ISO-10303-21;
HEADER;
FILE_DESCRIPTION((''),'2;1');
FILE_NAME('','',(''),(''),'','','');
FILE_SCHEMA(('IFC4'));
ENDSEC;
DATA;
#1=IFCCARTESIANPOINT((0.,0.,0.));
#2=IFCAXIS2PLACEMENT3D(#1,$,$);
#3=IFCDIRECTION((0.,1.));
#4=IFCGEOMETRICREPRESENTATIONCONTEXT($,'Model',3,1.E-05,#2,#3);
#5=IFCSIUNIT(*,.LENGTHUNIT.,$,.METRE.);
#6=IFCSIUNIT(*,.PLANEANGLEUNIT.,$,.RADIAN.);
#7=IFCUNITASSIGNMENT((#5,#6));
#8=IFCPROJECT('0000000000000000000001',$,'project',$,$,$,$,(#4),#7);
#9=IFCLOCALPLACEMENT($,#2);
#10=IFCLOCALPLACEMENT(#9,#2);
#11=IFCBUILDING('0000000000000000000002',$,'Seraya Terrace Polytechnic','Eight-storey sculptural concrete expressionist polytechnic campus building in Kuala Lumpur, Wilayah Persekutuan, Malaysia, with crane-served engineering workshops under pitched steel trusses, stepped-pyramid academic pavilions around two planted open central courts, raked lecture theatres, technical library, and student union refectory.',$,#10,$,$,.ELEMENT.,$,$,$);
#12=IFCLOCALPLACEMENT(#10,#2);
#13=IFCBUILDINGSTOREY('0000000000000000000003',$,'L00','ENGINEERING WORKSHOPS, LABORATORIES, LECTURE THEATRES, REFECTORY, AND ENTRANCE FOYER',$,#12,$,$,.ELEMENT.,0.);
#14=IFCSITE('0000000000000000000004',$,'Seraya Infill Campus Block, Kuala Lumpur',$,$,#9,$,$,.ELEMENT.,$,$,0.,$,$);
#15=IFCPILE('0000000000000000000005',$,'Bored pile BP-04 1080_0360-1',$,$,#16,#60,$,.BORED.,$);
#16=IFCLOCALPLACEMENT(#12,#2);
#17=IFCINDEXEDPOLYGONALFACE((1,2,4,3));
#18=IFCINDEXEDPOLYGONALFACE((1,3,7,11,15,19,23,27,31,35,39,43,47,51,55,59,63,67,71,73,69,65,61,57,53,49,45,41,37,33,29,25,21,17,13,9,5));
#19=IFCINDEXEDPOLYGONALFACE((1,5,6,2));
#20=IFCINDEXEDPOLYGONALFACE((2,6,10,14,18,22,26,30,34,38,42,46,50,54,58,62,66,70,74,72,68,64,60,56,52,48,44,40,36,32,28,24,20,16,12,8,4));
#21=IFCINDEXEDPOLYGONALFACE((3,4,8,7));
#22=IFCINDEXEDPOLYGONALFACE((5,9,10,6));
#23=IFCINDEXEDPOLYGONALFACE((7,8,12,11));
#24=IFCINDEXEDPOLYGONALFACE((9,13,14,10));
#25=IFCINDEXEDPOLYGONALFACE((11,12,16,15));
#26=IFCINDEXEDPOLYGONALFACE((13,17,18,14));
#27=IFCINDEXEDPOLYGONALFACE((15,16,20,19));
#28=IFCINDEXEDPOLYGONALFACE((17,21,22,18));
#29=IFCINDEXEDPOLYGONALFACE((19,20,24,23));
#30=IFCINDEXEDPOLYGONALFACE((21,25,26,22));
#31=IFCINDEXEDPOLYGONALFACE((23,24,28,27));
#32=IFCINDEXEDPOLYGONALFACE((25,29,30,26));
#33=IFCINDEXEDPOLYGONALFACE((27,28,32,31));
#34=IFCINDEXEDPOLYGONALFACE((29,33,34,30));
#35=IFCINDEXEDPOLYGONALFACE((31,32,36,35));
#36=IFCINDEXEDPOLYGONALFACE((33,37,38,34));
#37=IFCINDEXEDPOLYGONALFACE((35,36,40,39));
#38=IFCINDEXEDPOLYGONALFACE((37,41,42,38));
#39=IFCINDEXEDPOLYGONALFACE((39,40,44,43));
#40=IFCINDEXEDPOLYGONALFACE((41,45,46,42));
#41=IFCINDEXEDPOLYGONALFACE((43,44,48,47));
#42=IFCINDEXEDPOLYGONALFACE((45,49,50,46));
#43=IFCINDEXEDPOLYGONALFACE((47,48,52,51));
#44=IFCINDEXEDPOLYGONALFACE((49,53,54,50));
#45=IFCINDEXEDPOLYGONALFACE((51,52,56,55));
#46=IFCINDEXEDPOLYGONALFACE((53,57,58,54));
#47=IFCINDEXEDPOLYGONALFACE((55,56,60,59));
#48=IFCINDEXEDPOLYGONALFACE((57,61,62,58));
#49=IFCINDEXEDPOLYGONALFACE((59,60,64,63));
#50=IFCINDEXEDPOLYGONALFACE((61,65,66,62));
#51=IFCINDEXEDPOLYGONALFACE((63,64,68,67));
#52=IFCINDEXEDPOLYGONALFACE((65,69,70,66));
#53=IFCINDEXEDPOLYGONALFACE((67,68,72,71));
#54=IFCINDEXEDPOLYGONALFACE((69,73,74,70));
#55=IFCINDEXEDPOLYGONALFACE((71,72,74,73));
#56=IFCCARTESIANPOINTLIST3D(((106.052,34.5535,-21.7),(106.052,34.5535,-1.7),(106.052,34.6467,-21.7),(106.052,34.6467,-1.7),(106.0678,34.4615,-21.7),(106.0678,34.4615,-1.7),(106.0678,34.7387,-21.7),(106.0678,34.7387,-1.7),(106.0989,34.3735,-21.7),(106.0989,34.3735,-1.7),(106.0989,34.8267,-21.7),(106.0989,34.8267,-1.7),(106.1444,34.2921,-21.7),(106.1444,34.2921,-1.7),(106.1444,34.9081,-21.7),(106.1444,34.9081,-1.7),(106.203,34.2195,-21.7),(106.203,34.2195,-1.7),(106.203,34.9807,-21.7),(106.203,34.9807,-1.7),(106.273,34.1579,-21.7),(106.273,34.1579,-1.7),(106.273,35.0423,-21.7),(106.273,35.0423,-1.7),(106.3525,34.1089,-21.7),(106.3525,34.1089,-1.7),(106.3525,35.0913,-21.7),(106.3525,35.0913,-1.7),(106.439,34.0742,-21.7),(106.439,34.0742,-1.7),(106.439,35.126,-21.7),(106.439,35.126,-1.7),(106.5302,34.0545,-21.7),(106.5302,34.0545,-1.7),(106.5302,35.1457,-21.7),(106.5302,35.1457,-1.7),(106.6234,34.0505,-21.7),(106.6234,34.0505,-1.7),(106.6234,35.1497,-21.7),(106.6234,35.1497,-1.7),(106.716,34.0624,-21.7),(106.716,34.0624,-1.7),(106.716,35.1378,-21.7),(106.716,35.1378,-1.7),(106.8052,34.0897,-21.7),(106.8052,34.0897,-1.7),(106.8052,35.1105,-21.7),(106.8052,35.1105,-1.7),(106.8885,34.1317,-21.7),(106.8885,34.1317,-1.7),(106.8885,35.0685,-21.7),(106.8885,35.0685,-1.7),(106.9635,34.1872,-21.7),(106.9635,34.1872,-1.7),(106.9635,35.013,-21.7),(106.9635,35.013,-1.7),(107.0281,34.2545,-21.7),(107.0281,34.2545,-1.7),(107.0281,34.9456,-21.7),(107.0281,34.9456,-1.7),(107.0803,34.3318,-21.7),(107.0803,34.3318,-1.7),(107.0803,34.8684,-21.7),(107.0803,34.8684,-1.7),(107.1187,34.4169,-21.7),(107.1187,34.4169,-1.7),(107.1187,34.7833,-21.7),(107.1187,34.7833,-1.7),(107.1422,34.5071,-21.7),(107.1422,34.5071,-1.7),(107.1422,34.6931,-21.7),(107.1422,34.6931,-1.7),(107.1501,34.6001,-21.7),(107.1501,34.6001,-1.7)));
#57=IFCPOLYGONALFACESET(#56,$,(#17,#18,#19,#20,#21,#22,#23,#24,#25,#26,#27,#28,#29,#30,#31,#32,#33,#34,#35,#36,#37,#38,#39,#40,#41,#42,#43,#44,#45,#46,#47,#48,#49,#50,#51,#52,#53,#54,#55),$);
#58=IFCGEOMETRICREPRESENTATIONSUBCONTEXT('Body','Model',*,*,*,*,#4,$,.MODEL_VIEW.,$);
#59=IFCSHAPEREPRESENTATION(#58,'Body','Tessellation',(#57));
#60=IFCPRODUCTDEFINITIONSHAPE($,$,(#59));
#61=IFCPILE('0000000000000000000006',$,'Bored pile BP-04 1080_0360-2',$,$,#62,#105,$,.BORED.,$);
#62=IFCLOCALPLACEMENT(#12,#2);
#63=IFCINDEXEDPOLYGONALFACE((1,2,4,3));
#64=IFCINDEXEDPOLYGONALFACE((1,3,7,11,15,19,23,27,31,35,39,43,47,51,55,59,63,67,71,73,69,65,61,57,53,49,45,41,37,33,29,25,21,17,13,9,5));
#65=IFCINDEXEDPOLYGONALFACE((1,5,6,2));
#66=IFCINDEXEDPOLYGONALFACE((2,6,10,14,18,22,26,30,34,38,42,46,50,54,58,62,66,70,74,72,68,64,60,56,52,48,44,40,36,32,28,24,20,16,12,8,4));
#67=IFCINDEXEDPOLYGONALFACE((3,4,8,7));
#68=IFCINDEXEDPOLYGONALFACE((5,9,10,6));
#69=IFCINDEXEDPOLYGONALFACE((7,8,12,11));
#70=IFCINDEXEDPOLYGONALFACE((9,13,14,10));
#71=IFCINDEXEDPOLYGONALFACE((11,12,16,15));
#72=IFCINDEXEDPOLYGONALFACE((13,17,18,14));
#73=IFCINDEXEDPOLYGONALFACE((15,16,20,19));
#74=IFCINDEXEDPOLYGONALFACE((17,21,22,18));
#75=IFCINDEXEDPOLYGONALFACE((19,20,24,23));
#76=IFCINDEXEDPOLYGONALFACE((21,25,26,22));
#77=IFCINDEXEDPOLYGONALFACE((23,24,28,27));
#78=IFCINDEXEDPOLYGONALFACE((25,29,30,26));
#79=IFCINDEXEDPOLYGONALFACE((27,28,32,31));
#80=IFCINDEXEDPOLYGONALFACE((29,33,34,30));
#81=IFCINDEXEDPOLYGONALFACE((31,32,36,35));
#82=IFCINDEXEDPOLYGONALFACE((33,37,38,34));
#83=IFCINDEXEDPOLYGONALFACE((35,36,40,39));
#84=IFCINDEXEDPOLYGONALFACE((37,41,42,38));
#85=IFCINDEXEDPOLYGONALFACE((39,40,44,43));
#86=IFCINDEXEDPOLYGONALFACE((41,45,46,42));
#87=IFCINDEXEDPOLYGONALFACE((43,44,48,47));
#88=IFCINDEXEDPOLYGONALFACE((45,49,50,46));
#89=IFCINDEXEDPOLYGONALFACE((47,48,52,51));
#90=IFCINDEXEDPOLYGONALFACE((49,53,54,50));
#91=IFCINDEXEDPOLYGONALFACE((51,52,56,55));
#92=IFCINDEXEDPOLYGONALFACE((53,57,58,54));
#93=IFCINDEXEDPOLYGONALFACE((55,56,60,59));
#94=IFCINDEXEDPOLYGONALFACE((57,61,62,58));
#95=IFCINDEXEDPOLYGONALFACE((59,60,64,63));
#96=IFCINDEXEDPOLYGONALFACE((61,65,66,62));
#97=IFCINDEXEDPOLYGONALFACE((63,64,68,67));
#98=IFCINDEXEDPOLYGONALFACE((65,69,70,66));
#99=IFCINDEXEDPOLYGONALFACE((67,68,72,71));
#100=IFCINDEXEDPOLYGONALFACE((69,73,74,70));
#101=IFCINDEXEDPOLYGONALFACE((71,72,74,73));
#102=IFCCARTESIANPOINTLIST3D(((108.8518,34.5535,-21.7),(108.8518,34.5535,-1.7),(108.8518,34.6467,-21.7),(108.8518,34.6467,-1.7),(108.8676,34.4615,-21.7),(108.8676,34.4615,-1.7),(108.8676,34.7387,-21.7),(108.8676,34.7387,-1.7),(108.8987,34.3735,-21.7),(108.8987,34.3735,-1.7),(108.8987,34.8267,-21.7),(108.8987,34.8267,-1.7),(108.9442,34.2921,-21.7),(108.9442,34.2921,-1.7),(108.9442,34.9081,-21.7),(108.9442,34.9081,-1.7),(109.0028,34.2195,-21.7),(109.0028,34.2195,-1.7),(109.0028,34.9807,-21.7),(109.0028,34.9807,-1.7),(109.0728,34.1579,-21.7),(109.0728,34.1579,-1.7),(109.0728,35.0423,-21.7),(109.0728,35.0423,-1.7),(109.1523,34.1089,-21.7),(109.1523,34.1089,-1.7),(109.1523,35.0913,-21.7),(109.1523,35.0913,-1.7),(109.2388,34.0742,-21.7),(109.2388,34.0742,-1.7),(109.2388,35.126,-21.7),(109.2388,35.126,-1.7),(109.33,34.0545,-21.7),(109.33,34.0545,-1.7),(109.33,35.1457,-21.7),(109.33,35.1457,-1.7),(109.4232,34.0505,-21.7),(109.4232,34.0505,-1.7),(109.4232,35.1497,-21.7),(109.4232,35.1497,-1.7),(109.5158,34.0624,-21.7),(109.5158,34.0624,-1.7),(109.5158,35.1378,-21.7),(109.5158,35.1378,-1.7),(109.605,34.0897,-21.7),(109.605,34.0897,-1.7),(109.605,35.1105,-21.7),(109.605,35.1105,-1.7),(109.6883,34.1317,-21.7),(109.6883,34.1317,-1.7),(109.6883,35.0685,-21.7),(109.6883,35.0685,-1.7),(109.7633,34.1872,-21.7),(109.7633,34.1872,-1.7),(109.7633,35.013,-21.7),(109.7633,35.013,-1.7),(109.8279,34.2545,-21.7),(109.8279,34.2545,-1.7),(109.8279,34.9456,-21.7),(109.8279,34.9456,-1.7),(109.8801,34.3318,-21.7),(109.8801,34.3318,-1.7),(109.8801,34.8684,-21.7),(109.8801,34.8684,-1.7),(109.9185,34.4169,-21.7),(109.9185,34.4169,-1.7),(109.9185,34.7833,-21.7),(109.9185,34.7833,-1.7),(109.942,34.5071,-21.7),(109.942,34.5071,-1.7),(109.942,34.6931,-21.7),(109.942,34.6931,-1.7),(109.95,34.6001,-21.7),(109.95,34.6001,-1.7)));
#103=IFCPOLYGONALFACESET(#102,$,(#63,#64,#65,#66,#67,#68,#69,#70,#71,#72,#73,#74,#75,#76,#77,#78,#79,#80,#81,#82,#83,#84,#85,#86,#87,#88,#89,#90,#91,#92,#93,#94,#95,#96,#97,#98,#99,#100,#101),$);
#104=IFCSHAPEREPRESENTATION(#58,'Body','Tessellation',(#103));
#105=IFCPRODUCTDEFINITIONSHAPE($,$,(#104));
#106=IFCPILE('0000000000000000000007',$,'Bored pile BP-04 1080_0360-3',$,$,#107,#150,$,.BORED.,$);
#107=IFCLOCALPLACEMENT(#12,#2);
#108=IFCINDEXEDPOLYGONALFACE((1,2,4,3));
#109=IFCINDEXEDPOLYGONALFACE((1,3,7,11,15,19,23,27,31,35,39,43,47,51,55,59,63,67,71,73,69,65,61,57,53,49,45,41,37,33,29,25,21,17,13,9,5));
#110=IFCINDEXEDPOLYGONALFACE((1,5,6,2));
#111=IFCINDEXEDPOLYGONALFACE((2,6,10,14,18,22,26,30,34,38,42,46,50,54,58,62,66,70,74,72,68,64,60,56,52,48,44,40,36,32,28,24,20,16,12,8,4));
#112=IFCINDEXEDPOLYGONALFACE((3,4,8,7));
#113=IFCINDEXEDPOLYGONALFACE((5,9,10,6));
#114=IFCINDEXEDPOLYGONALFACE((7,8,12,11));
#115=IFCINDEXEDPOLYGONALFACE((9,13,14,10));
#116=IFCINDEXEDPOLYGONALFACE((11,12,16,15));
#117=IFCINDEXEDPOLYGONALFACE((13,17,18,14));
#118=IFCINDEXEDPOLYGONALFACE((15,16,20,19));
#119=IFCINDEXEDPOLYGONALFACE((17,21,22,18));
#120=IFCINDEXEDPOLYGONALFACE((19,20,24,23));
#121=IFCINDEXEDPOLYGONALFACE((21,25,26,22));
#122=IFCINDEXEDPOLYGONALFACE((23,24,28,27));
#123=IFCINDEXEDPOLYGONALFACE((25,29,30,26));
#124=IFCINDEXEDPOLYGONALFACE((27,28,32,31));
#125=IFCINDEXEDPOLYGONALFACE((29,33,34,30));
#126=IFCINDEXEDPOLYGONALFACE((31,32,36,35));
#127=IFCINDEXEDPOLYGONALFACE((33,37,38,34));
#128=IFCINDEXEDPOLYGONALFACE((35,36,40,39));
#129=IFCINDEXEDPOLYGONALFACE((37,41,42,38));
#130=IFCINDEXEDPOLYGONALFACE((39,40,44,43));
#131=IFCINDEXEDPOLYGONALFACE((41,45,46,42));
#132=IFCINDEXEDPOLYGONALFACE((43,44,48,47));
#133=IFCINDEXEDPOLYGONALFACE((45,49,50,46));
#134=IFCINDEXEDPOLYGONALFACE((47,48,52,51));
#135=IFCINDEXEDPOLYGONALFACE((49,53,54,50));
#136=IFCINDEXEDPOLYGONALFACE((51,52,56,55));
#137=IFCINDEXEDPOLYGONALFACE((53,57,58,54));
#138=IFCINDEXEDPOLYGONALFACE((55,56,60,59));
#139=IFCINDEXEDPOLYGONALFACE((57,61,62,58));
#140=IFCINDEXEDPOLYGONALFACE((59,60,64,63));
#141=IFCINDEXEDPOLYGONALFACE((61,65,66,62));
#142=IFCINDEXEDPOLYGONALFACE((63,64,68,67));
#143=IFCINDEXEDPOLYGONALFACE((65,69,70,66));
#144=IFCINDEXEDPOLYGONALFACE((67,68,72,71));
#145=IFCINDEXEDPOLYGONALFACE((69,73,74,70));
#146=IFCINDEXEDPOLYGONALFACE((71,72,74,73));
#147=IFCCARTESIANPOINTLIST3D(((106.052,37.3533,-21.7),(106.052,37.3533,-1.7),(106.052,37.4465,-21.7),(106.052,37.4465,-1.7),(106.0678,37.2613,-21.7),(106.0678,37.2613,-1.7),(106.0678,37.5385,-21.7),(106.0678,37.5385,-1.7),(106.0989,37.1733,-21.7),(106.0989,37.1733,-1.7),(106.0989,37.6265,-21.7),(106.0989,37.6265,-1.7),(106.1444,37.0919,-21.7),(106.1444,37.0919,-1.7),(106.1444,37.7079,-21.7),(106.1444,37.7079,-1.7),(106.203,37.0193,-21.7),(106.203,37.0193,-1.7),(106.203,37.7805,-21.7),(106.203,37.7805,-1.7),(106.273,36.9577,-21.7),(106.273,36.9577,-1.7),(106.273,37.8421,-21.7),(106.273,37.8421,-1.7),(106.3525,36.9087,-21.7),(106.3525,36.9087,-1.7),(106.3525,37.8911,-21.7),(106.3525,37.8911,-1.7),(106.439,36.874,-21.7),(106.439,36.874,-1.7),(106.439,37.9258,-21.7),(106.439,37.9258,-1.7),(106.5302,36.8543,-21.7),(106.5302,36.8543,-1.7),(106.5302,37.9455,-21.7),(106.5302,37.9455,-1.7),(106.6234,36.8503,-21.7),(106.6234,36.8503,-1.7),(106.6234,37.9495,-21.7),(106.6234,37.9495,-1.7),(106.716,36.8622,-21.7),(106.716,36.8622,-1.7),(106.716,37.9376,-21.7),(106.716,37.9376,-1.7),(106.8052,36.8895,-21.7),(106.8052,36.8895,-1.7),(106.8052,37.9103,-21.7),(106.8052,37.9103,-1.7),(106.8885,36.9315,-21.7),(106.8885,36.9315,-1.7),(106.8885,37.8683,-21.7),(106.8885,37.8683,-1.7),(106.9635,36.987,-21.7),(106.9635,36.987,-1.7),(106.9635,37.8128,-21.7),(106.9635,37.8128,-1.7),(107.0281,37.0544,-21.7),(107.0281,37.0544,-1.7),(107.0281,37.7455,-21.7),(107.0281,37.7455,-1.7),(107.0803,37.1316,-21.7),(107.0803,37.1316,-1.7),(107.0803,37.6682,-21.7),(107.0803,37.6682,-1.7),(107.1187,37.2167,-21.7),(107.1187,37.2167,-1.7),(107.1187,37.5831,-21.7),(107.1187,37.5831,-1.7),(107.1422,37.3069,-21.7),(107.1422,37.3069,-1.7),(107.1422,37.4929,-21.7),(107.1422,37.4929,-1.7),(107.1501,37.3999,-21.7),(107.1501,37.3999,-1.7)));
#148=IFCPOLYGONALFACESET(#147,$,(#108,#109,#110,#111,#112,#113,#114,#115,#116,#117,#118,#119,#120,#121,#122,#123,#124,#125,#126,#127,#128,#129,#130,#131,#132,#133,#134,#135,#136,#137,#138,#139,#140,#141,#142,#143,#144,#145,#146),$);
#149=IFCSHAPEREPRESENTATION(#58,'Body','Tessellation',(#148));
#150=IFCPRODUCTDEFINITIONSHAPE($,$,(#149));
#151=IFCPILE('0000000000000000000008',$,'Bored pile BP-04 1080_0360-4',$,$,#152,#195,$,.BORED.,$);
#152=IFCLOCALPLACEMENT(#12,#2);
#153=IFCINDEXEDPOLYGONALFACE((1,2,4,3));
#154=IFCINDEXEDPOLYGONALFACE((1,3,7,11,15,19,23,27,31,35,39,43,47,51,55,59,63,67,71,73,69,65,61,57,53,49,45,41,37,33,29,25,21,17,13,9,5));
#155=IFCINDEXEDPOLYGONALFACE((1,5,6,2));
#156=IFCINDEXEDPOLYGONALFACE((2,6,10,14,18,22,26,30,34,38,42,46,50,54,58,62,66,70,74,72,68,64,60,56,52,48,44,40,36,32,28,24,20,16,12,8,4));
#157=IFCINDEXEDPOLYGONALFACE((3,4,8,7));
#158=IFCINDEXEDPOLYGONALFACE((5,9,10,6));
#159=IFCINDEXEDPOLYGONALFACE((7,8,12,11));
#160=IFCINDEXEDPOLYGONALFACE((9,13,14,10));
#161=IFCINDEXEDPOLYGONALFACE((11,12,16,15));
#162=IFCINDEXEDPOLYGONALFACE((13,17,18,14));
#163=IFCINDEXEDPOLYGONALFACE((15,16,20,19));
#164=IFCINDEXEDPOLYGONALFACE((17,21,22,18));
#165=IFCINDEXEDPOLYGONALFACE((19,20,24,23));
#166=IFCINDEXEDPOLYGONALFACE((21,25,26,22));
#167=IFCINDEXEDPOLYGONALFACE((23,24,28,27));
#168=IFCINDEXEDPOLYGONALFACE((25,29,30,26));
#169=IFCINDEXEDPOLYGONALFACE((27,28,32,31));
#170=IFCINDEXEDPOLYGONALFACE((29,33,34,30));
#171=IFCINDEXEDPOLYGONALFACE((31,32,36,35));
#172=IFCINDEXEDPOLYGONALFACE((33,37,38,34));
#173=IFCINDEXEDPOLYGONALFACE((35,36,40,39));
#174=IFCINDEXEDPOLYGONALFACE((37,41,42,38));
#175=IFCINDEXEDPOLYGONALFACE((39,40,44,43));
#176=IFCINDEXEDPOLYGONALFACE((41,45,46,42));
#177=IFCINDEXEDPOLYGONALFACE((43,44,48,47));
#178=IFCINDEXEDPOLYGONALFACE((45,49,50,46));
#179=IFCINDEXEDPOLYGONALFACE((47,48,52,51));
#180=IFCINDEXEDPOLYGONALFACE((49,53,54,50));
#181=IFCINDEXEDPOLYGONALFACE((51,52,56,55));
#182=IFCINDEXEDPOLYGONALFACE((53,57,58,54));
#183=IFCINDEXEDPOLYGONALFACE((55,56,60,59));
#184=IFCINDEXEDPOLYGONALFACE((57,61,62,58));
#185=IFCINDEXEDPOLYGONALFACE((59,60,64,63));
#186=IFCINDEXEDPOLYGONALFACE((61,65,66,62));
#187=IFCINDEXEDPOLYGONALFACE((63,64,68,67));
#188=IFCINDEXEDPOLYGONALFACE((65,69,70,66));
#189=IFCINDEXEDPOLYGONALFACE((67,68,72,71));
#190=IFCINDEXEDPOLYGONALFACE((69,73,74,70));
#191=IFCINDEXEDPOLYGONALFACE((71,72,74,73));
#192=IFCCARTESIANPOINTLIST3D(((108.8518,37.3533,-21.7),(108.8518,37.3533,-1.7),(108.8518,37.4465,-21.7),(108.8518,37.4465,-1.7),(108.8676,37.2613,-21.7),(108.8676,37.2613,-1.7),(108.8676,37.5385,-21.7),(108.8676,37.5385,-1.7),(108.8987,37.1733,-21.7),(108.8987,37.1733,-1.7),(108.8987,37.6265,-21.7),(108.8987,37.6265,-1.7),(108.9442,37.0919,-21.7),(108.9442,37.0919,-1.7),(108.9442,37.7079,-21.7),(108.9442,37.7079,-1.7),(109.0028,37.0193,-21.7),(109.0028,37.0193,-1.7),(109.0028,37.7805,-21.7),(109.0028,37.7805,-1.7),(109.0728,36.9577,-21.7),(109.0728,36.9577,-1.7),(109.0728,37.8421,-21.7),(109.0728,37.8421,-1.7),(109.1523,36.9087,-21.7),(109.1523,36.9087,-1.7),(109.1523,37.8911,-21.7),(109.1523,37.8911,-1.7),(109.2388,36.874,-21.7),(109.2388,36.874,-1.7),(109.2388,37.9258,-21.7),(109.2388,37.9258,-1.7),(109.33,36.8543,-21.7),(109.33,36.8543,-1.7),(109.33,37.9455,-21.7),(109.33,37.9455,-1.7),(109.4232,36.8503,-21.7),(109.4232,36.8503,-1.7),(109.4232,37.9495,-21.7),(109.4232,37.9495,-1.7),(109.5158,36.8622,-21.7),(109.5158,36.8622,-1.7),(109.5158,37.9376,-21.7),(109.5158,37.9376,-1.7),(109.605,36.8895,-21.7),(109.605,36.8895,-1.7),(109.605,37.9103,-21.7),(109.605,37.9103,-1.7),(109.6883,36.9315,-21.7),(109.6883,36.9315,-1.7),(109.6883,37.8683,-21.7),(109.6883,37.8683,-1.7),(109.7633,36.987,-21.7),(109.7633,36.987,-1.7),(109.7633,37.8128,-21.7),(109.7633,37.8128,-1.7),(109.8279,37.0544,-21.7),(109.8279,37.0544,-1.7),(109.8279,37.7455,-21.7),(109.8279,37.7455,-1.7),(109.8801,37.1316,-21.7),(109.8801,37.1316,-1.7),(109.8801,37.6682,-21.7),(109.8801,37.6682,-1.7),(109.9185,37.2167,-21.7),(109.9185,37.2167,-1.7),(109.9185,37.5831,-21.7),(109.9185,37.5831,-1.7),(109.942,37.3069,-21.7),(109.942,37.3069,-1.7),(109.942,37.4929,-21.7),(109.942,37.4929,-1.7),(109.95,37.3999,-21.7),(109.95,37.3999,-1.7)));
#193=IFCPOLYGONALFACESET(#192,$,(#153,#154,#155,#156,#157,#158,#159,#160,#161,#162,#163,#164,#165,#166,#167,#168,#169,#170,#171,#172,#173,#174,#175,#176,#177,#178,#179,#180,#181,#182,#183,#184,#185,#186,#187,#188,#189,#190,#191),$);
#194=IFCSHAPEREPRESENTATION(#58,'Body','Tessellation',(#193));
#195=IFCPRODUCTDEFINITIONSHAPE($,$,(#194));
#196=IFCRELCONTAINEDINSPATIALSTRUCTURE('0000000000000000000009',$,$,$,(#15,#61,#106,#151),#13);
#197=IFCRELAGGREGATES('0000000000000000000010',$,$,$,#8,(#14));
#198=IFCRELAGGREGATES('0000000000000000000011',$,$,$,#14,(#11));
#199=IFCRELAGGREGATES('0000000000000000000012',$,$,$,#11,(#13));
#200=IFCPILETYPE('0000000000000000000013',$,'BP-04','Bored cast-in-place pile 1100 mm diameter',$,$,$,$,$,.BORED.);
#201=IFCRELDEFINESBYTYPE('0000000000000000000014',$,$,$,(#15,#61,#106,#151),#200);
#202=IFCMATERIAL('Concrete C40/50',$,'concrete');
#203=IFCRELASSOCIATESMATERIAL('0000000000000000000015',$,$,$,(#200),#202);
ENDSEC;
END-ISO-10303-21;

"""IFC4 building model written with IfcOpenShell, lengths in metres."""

from ifc_helpers import new_model, si_unit, direction, frame, origin, origin_2d, place, context, subcontext, project, spatial, circle, extrude, material, material_profile, profile_set, type_object, element, save


model = new_model("IFC4")

# Units and contexts
model_context = context("Model", 3, precision=1e-05, world=origin(), true_north=direction((0.0, 1.0)))
body_context = subcontext(model_context, "Body", "Model", "MODEL_VIEW")
ifc_project = project(units=[si_unit("LENGTHUNIT", "METRE"), si_unit("PLANEANGLEUNIT", "RADIAN")], contexts=[model_context])

# Site, building, storey
site_placement = place(None, origin())
site = spatial("IfcSite", under=ifc_project, at=site_placement, Name="Seraya Infill Campus Block, Kuala Lumpur", CompositionType="ELEMENT", RefElevation=0.0)
building_placement = place(site_placement, origin())
building = spatial("IfcBuilding", under=site, at=building_placement, Name="Seraya Terrace Polytechnic", Description="Eight-storey sculptural concrete expressionist polytechnic campus building in Kuala Lumpur, Wilayah Persekutuan, Malaysia, with crane-served engineering workshops under pitched steel trusses, stepped-pyramid academic pavilions around two planted open central courts, raked lecture theatres, technical library, and student union refectory.", CompositionType="ELEMENT")
storey_placement = place(building_placement, origin())
storey = spatial("IfcBuildingStorey", under=building, at=storey_placement, Name="L00", Description="ENGINEERING WORKSHOPS, LABORATORIES, LECTURE THEATRES, REFECTORY, AND ENTRANCE FOYER", CompositionType="ELEMENT", Elevation=0.0)

# Piles
ifc_material_1 = material(Name="Concrete C40/50", Category="concrete")
ifc_material_profile_1 = material_profile(ifc_material_1, circle(Radius=0.55, at=origin_2d()), Name="DIA 1100")
ifc_profile_set_1 = profile_set([ifc_material_profile_1], Name="Concrete C40/50")
pile_type_1 = type_object("IfcPileType", Name="BP-04", Description="Bored cast-in-place pile 1100 mm diameter", PredefinedType="BORED", material=ifc_profile_set_1)
for number, where, z_axis, x_axis, name in (
    (1, (106.6001, 34.6001, -1.7), (0.0, 0.0, -1.0), (1.0, 0.0, 0.0), "Bored pile BP-04 1080_0360-1"),
    (2, (109.3999, 34.6001, -1.7), (0.0, 0.0, -1.0), (1.0, 0.0, 0.0), "Bored pile BP-04 1080_0360-2"),
    (3, (106.6001, 37.3999, -1.7), (0.0, 0.0, -1.0), (1.0, 0.0, 0.0), "Bored pile BP-04 1080_0360-3"),
    (4, (109.3999, 37.3999, -1.7), (0.0, 0.0, -1.0), (1.0, 0.0, 0.0), "Bored pile BP-04 1080_0360-4"),
):
    element("IfcPile", number, at=place(storey_placement, frame(where, z_axis=z_axis, x_axis=x_axis)), inside=storey, type_object=pile_type_1, Name=name, PredefinedType="BORED", context=body_context, shape_type="SweptSolid", body=[
        extrude(circle(Radius=0.55, at=origin_2d()), origin(), (0.0, 0.0, 1.0), 20.0),
    ])

save(model, "model.ifc")
